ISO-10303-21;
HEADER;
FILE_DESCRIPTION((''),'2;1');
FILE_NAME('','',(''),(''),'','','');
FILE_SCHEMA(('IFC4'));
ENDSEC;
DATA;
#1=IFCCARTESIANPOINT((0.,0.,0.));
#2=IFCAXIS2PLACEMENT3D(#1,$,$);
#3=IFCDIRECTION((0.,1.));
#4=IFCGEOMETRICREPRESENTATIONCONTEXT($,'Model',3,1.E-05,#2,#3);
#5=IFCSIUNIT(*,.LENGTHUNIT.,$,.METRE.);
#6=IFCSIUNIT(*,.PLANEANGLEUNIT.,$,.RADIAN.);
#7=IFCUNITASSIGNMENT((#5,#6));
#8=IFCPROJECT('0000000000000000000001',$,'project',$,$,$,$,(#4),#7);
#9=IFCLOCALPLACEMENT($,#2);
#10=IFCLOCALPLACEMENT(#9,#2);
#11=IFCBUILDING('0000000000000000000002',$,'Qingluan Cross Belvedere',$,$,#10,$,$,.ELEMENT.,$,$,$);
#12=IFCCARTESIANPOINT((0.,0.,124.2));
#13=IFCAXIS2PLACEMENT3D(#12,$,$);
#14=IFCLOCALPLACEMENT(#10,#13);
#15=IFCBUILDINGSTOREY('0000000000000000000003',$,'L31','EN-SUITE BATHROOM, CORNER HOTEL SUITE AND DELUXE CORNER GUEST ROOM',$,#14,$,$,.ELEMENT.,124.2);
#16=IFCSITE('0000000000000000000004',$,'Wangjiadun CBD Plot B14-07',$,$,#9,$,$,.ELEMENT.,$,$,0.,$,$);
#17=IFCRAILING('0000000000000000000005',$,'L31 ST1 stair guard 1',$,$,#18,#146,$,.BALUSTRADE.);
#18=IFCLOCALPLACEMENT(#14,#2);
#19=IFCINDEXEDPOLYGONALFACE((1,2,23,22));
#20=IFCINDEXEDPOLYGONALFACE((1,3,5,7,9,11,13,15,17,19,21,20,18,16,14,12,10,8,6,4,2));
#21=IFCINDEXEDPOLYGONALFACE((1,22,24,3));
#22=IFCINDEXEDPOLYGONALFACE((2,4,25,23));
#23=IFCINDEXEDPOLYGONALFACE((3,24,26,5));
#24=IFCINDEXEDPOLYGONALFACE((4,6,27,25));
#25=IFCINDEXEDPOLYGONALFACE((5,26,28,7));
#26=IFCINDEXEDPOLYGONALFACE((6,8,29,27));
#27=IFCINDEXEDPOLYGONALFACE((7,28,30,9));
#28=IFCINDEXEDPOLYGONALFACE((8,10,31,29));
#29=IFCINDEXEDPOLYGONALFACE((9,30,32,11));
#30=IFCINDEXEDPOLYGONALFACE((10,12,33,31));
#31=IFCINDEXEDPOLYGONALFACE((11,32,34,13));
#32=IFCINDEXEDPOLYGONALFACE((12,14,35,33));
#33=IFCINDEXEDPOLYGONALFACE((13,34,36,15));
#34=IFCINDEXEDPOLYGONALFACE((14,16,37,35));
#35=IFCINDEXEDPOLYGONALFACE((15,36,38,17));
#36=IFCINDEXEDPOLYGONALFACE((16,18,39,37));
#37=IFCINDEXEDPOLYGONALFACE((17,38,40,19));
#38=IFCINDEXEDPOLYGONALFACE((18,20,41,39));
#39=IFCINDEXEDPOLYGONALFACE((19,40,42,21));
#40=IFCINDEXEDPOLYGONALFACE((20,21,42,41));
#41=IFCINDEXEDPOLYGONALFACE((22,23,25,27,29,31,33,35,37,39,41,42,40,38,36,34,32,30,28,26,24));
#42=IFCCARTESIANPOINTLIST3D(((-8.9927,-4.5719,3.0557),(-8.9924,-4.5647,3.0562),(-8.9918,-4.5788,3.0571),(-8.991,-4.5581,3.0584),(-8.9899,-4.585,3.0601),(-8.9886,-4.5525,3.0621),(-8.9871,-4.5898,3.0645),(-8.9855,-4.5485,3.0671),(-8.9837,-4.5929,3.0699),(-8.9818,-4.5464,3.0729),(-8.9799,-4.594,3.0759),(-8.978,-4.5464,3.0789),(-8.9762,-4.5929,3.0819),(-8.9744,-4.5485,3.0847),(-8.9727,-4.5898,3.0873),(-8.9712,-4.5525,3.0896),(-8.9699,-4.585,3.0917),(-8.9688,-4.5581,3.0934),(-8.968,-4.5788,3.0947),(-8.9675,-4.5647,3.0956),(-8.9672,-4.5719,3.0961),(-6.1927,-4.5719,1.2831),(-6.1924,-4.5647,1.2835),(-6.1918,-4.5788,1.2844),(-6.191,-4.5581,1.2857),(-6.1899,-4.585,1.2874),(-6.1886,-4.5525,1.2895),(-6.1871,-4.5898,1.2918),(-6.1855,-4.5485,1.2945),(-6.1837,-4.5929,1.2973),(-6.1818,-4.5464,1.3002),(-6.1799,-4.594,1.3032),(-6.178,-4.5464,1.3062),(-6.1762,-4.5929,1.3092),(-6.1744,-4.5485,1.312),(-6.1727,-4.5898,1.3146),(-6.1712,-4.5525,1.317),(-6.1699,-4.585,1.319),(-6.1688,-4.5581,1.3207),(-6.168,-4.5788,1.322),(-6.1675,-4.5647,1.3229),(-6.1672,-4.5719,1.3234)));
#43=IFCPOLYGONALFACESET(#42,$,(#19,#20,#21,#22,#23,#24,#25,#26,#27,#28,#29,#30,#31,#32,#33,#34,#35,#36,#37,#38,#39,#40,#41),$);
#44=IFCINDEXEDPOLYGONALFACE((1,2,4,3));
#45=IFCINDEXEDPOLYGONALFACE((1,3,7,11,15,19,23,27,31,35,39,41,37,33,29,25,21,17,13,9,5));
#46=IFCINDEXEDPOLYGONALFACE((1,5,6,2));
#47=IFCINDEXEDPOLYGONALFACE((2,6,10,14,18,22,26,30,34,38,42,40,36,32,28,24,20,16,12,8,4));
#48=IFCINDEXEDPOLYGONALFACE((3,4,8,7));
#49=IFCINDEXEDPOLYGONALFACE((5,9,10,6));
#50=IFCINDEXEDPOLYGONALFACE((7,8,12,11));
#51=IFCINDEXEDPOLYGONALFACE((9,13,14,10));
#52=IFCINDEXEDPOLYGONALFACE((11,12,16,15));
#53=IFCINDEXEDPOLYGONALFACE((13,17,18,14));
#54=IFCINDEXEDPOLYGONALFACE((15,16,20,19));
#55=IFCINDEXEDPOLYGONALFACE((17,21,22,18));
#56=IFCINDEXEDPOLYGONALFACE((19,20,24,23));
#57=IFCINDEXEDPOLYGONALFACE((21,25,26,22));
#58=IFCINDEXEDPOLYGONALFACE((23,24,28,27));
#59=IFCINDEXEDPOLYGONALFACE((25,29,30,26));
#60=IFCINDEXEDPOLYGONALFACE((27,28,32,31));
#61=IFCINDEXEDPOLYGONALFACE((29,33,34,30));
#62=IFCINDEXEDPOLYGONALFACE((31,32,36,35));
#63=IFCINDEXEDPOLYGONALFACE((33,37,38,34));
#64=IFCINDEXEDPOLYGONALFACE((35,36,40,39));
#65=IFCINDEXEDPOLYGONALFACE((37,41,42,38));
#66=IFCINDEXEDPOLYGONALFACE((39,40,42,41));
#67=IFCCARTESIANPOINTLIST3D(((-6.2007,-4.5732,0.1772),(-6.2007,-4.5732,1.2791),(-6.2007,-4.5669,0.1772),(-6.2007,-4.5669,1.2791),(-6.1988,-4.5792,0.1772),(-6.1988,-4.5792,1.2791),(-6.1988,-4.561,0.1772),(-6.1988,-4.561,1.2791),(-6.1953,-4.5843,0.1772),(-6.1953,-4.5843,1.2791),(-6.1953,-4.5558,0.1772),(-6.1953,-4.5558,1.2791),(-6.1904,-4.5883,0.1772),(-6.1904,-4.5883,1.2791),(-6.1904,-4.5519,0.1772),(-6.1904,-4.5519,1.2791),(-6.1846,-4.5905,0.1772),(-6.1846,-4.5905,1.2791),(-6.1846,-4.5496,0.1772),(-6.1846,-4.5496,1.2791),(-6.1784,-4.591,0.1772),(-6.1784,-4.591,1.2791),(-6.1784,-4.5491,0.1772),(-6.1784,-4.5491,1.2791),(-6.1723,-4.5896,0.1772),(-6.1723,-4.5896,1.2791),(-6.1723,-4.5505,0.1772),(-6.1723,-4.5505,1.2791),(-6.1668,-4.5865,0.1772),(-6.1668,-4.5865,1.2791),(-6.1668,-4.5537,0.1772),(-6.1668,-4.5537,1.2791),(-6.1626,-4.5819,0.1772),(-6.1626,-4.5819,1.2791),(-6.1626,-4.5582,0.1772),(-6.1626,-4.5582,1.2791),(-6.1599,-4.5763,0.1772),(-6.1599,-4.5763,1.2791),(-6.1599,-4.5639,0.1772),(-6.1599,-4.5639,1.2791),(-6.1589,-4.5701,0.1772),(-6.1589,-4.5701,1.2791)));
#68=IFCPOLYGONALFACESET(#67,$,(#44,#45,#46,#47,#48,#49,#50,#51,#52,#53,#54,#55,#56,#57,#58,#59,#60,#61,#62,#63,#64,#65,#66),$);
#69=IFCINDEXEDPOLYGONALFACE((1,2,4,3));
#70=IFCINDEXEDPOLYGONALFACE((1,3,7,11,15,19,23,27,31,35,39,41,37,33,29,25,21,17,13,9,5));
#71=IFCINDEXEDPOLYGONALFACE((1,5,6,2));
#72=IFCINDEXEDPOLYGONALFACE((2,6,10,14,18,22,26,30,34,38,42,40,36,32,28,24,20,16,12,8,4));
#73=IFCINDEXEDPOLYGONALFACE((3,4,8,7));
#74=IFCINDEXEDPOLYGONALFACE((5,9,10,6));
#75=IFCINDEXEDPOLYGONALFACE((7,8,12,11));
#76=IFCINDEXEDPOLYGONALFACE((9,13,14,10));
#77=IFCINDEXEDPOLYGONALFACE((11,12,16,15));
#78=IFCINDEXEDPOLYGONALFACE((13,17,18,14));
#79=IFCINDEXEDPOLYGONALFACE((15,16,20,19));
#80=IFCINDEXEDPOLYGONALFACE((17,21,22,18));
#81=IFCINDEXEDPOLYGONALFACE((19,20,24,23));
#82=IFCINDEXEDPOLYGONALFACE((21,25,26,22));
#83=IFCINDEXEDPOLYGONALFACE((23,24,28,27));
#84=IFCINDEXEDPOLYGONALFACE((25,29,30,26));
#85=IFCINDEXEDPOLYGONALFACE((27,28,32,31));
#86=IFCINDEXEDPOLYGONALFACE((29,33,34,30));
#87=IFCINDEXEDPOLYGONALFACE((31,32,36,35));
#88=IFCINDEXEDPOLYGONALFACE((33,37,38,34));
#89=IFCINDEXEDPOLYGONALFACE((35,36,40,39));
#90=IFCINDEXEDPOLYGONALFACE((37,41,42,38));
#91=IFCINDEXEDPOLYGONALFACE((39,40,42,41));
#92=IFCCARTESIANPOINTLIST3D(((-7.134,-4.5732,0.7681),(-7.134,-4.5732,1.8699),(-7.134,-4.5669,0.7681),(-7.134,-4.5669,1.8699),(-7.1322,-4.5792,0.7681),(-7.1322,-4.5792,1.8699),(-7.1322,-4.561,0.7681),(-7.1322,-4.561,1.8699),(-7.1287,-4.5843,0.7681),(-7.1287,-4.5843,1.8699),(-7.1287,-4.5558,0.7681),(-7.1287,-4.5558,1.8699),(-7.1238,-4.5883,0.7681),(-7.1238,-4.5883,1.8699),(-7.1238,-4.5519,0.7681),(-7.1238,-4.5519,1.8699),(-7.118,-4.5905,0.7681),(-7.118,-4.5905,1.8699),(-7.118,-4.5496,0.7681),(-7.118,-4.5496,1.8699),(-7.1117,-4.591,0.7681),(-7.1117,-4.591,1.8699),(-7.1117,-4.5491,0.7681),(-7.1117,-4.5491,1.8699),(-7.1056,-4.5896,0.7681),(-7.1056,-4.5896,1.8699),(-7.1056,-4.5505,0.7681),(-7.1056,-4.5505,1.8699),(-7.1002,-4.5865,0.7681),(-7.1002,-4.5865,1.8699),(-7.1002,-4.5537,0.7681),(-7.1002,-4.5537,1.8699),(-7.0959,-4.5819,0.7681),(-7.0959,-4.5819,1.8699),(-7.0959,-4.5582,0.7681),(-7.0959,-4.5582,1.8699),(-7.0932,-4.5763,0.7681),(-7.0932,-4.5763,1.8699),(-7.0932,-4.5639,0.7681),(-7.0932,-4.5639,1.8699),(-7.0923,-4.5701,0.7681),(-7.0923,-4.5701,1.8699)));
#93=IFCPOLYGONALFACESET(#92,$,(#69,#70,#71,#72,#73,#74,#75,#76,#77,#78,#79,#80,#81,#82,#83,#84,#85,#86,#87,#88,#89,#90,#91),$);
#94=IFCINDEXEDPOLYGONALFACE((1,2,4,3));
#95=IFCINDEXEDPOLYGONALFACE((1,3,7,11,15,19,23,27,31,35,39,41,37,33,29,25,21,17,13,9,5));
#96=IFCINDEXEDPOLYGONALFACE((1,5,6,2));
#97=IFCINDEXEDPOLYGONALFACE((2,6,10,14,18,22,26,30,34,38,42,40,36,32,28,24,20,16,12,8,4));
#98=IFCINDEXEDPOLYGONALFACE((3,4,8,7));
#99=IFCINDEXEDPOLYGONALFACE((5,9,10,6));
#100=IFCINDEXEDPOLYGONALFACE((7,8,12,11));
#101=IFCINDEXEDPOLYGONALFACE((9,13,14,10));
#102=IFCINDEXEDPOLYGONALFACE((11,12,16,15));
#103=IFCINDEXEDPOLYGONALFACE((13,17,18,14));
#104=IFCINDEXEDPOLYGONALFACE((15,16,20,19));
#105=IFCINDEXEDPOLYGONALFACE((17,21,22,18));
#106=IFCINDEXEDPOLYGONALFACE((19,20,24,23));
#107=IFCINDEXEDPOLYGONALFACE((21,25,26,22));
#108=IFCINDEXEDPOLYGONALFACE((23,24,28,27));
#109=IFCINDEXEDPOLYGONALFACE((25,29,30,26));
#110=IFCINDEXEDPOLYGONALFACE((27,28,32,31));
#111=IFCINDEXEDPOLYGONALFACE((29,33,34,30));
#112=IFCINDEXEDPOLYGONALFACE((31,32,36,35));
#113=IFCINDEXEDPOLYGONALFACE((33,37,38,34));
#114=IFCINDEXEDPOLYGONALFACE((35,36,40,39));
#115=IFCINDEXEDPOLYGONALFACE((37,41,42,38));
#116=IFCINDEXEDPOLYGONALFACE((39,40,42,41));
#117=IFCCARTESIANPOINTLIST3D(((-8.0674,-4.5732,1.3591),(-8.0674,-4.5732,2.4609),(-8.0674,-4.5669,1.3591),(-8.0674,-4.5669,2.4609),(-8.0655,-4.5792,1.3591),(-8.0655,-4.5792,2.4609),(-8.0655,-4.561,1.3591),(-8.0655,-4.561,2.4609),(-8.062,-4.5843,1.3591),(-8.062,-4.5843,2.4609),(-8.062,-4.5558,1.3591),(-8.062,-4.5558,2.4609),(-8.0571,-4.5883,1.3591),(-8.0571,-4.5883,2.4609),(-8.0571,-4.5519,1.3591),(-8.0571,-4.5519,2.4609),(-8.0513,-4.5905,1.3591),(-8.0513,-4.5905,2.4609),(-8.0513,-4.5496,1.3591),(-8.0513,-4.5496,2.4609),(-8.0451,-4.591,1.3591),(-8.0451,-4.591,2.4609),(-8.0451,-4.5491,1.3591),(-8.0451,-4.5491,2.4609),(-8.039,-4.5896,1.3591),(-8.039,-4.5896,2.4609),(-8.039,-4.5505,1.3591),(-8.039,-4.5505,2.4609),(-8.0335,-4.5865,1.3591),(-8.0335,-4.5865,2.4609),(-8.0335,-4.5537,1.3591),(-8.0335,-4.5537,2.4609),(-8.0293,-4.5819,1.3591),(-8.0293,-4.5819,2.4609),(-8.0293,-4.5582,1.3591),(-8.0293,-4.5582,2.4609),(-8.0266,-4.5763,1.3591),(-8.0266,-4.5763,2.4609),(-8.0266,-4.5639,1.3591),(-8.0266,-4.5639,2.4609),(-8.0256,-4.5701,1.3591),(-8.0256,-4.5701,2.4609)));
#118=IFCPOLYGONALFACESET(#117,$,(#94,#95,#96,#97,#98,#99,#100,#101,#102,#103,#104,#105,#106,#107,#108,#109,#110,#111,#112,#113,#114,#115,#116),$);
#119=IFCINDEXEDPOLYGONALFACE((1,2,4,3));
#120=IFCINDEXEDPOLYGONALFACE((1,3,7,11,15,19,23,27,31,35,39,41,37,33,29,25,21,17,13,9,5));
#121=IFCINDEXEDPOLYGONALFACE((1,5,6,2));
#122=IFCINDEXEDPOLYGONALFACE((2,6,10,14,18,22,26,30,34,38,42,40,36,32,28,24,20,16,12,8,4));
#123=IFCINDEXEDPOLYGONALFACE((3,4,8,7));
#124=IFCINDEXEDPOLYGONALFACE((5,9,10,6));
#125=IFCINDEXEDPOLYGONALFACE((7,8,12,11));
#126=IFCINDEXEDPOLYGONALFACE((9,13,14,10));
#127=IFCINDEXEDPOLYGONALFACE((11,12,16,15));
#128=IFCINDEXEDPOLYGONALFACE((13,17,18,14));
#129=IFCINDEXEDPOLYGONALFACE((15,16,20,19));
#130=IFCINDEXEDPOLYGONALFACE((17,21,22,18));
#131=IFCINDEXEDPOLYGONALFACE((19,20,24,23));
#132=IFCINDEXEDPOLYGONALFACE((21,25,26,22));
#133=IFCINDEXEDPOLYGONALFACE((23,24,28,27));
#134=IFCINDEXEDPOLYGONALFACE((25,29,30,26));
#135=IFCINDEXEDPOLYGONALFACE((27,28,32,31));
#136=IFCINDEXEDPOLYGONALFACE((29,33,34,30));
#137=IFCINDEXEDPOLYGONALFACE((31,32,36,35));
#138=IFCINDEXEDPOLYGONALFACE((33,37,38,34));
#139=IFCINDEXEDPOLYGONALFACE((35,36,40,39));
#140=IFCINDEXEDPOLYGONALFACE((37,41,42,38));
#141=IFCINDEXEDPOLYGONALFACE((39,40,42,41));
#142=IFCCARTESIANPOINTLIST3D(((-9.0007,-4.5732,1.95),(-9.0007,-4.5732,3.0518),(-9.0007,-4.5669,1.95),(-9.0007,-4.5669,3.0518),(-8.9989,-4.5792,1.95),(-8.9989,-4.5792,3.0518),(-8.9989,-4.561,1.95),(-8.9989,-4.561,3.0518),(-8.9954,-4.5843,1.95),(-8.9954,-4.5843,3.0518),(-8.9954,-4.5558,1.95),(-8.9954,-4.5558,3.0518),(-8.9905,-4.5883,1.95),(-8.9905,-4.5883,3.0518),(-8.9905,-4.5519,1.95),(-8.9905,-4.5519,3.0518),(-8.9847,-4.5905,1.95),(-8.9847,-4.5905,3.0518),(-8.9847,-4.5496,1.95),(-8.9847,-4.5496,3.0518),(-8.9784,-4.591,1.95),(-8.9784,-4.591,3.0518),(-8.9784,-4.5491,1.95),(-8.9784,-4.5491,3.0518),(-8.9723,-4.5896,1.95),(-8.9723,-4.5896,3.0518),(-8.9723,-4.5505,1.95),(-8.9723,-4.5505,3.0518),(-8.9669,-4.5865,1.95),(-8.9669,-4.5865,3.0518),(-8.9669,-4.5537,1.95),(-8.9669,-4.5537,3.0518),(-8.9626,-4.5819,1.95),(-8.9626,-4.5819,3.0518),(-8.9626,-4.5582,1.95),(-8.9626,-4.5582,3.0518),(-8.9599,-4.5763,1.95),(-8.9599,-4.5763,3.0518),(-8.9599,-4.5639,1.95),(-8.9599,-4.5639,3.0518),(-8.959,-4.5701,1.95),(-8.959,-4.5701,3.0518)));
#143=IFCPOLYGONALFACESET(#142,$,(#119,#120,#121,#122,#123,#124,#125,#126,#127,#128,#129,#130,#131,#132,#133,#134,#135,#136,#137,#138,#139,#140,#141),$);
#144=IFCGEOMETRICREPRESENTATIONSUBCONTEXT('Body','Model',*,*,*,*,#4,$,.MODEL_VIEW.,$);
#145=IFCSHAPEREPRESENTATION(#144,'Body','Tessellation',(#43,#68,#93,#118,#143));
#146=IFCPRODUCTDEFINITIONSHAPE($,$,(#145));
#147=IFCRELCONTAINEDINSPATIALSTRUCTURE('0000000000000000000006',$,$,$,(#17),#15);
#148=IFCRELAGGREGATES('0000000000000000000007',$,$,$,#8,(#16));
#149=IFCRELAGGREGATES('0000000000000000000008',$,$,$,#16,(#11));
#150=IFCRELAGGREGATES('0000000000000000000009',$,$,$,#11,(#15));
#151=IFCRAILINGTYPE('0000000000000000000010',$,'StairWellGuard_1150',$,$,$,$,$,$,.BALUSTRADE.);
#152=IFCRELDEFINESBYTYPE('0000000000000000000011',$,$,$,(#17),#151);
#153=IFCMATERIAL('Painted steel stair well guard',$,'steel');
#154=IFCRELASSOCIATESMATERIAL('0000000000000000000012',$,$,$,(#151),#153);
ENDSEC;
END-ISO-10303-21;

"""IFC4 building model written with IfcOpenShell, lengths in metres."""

from ifc_helpers import new_model, si_unit, direction, frame, origin, origin_2d, place, context, subcontext, project, spatial, circle, extrude, material, type_object, element, save


model = new_model("IFC4")

# Units and contexts
model_context = context("Model", 3, precision=1e-05, world=origin(), true_north=direction((0.0, 1.0)))
body_context = subcontext(model_context, "Body", "Model", "MODEL_VIEW")
ifc_project = project(units=[si_unit("LENGTHUNIT", "METRE"), si_unit("PLANEANGLEUNIT", "RADIAN")], contexts=[model_context])

# Site, building, storey
site_placement = place(None, origin())
site = spatial("IfcSite", under=ifc_project, at=site_placement, Name="Wangjiadun CBD Plot B14-07", CompositionType="ELEMENT", RefElevation=0.0)
building_placement = place(site_placement, origin())
building = spatial("IfcBuilding", under=site, at=building_placement, Name="Qingluan Cross Belvedere", CompositionType="ELEMENT")
storey_placement = place(building_placement, frame((0.0, 0.0, 124.2)))
storey = spatial("IfcBuildingStorey", under=building, at=storey_placement, Name="L31", Description="EN-SUITE BATHROOM, CORNER HOTEL SUITE AND DELUXE CORNER GUEST ROOM", CompositionType="ELEMENT", Elevation=124.2)

# Railing
ifc_material_1 = material(Name="Painted steel stair well guard", Category="steel")
railing_type_1 = type_object("IfcRailingType", Name="StairWellGuard_1150", PredefinedType="BALUSTRADE", material=ifc_material_1)
railing_1_placement = place(storey_placement, frame((-6.1799, -4.5701, 0.1772)))
element("IfcRailing", 1, at=railing_1_placement, inside=storey, type_object=railing_type_1, Name="L31 ST1 stair guard 1", PredefinedType="BALUSTRADE", context=body_context, shape_type="SweptSolid", body=[
    extrude(circle(Radius=0.0239, at=origin_2d()), frame((0.0, 0.0, 1.126), z_axis=(-0.844909, 0.0, 0.53491), x_axis=(0.0, -1.0, 0.0)), (0.0, 0.0, 1.0), 3.314),
    extrude(circle(Radius=0.021, at=origin_2d()), origin(), (0.0, 0.0, 1.0), 1.1018),
    extrude(circle(Radius=0.021, at=origin_2d()), frame((-0.9333, 0.0, 0.5908)), (0.0, 0.0, 1.0), 1.1018),
    extrude(circle(Radius=0.021, at=origin_2d()), frame((-1.8667, 0.0, 1.1819)), (0.0, 0.0, 1.0), 1.1018),
    extrude(circle(Radius=0.021, at=origin_2d()), frame((-2.8, 0.0, 1.7727)), (0.0, 0.0, 1.0), 1.1018),
])

save(model, "model.ifc")
